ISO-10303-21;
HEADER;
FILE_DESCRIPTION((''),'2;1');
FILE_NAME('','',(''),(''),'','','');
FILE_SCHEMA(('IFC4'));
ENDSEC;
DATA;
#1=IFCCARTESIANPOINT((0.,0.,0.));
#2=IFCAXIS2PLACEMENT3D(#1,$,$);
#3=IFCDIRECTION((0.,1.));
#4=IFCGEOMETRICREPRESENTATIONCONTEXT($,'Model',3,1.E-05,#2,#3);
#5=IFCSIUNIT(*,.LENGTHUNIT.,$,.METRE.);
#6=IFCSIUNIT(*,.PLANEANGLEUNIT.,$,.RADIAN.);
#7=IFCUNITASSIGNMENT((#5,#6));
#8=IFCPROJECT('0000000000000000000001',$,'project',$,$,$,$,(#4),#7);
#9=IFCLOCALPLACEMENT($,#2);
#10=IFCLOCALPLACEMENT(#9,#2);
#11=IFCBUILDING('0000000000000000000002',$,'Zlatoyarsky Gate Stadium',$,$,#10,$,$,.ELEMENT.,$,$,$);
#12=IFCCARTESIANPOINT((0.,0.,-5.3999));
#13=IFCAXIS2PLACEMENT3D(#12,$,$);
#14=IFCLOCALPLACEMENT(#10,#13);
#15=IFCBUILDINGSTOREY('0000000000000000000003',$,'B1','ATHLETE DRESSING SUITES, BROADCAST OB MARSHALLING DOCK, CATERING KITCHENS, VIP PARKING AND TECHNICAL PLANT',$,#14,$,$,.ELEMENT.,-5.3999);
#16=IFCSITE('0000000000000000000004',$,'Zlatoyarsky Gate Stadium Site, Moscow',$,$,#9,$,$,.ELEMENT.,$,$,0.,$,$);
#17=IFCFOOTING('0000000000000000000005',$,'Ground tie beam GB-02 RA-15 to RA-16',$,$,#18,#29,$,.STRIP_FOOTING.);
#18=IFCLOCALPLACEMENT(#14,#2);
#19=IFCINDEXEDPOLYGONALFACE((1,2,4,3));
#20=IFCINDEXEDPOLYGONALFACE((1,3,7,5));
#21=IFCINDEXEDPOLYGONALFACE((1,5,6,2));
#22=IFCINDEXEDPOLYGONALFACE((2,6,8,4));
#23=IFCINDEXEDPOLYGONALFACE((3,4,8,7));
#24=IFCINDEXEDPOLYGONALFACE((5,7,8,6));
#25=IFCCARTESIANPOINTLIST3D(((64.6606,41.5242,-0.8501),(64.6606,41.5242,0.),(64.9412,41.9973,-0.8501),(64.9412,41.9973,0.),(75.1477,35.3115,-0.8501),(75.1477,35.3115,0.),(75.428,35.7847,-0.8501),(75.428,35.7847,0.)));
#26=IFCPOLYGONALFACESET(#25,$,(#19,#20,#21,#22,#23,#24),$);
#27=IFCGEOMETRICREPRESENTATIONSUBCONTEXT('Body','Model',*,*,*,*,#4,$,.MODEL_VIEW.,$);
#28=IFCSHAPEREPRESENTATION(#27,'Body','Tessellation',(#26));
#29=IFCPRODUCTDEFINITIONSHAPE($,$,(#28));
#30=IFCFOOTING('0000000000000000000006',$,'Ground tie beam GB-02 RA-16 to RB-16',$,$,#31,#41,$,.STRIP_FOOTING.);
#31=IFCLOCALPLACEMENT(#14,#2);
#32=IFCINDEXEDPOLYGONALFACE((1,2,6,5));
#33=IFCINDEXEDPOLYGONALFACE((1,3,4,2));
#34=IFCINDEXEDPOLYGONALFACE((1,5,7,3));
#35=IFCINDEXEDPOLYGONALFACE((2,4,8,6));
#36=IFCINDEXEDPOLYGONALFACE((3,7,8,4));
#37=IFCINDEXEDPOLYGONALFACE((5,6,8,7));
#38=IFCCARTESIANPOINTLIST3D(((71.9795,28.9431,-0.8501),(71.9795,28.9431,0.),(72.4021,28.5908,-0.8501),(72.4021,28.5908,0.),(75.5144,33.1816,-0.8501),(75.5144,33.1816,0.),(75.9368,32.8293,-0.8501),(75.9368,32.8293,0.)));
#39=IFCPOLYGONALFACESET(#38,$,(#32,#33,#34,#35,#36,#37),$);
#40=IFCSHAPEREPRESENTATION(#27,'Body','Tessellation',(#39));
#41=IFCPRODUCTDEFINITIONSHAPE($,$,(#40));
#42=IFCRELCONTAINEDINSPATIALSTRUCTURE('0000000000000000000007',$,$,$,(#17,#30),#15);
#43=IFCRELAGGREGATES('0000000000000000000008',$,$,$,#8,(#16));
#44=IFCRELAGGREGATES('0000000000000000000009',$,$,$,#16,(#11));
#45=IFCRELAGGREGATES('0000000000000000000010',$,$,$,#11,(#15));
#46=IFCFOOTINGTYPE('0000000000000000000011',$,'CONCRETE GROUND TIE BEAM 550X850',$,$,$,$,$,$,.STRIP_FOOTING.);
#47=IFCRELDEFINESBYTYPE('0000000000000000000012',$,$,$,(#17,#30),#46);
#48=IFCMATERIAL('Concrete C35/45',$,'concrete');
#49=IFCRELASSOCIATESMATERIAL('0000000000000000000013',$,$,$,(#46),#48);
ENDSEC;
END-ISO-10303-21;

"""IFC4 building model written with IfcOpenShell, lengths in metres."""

from ifc_helpers import new_model, si_unit, direction, frame, origin, origin_2d, place, context, subcontext, project, spatial, polyline, rectangle, outline, extrude, material, material_profile, profile_set, type_object, element, save


model = new_model("IFC4")

# Units and contexts
model_context = context("Model", 3, precision=1e-05, world=origin(), true_north=direction((0.0, 1.0)))
body_context = subcontext(model_context, "Body", "Model", "MODEL_VIEW")
ifc_project = project(units=[si_unit("LENGTHUNIT", "METRE"), si_unit("PLANEANGLEUNIT", "RADIAN")], contexts=[model_context])

# Site, building, storey
site_placement = place(None, origin())
site = spatial("IfcSite", under=ifc_project, at=site_placement, Name="Zlatoyarsky Gate Stadium Site, Moscow", CompositionType="ELEMENT", RefElevation=0.0)
building_placement = place(site_placement, origin())
building = spatial("IfcBuilding", under=site, at=building_placement, Name="Zlatoyarsky Gate Stadium", CompositionType="ELEMENT")
storey_placement = place(building_placement, frame((0.0, 0.0, -5.3999)))
storey = spatial("IfcBuildingStorey", under=building, at=storey_placement, Name="B1", Description="ATHLETE DRESSING SUITES, BROADCAST OB MARSHALLING DOCK, CATERING KITCHENS, VIP PARKING AND TECHNICAL PLANT", CompositionType="ELEMENT", Elevation=-5.3999)

# Footings
ifc_material = material(Name="Concrete C35/45", Category="concrete")
ifc_material_profile = material_profile(ifc_material, rectangle(XDim=0.55, YDim=0.8501, at=origin_2d()), Name="GB 550X850")
ifc_profile_set = profile_set([ifc_material_profile], Name="Concrete C35/45")
footing_type = type_object("IfcFootingType", Name="CONCRETE GROUND TIE BEAM 550X850", PredefinedType="STRIP_FOOTING", material=ifc_profile_set)
footing_1_placement = place(storey_placement, frame((0.0, 0.0, -0.8501)))
element("IfcFooting", 1, at=footing_1_placement, inside=storey, type_object=footing_type, Name="Ground tie beam GB-02 RA-15 to RA-16", PredefinedType="STRIP_FOOTING", context=body_context, shape_type="SweptSolid", body=[
    extrude(outline(polyline([(64.6606, 41.5242), (75.1477, 35.3115), (75.428, 35.7847), (64.9412, 41.9973), (64.6606, 41.5242)])), origin(), (0.0, 0.0, 1.0), 0.8501),
])
footing_2_placement = place(storey_placement, frame((0.0, 0.0, -0.8501)))
element("IfcFooting", 2, at=footing_2_placement, inside=storey, type_object=footing_type, Name="Ground tie beam GB-02 RA-16 to RB-16", PredefinedType="STRIP_FOOTING", context=body_context, shape_type="SweptSolid", body=[
    extrude(outline(polyline([(75.5144, 33.1816), (71.9795, 28.9431), (72.4021, 28.5908), (75.9368, 32.8293), (75.5144, 33.1816)])), origin(), (0.0, 0.0, 1.0), 0.8501),
])

save(model, "model.ifc")
